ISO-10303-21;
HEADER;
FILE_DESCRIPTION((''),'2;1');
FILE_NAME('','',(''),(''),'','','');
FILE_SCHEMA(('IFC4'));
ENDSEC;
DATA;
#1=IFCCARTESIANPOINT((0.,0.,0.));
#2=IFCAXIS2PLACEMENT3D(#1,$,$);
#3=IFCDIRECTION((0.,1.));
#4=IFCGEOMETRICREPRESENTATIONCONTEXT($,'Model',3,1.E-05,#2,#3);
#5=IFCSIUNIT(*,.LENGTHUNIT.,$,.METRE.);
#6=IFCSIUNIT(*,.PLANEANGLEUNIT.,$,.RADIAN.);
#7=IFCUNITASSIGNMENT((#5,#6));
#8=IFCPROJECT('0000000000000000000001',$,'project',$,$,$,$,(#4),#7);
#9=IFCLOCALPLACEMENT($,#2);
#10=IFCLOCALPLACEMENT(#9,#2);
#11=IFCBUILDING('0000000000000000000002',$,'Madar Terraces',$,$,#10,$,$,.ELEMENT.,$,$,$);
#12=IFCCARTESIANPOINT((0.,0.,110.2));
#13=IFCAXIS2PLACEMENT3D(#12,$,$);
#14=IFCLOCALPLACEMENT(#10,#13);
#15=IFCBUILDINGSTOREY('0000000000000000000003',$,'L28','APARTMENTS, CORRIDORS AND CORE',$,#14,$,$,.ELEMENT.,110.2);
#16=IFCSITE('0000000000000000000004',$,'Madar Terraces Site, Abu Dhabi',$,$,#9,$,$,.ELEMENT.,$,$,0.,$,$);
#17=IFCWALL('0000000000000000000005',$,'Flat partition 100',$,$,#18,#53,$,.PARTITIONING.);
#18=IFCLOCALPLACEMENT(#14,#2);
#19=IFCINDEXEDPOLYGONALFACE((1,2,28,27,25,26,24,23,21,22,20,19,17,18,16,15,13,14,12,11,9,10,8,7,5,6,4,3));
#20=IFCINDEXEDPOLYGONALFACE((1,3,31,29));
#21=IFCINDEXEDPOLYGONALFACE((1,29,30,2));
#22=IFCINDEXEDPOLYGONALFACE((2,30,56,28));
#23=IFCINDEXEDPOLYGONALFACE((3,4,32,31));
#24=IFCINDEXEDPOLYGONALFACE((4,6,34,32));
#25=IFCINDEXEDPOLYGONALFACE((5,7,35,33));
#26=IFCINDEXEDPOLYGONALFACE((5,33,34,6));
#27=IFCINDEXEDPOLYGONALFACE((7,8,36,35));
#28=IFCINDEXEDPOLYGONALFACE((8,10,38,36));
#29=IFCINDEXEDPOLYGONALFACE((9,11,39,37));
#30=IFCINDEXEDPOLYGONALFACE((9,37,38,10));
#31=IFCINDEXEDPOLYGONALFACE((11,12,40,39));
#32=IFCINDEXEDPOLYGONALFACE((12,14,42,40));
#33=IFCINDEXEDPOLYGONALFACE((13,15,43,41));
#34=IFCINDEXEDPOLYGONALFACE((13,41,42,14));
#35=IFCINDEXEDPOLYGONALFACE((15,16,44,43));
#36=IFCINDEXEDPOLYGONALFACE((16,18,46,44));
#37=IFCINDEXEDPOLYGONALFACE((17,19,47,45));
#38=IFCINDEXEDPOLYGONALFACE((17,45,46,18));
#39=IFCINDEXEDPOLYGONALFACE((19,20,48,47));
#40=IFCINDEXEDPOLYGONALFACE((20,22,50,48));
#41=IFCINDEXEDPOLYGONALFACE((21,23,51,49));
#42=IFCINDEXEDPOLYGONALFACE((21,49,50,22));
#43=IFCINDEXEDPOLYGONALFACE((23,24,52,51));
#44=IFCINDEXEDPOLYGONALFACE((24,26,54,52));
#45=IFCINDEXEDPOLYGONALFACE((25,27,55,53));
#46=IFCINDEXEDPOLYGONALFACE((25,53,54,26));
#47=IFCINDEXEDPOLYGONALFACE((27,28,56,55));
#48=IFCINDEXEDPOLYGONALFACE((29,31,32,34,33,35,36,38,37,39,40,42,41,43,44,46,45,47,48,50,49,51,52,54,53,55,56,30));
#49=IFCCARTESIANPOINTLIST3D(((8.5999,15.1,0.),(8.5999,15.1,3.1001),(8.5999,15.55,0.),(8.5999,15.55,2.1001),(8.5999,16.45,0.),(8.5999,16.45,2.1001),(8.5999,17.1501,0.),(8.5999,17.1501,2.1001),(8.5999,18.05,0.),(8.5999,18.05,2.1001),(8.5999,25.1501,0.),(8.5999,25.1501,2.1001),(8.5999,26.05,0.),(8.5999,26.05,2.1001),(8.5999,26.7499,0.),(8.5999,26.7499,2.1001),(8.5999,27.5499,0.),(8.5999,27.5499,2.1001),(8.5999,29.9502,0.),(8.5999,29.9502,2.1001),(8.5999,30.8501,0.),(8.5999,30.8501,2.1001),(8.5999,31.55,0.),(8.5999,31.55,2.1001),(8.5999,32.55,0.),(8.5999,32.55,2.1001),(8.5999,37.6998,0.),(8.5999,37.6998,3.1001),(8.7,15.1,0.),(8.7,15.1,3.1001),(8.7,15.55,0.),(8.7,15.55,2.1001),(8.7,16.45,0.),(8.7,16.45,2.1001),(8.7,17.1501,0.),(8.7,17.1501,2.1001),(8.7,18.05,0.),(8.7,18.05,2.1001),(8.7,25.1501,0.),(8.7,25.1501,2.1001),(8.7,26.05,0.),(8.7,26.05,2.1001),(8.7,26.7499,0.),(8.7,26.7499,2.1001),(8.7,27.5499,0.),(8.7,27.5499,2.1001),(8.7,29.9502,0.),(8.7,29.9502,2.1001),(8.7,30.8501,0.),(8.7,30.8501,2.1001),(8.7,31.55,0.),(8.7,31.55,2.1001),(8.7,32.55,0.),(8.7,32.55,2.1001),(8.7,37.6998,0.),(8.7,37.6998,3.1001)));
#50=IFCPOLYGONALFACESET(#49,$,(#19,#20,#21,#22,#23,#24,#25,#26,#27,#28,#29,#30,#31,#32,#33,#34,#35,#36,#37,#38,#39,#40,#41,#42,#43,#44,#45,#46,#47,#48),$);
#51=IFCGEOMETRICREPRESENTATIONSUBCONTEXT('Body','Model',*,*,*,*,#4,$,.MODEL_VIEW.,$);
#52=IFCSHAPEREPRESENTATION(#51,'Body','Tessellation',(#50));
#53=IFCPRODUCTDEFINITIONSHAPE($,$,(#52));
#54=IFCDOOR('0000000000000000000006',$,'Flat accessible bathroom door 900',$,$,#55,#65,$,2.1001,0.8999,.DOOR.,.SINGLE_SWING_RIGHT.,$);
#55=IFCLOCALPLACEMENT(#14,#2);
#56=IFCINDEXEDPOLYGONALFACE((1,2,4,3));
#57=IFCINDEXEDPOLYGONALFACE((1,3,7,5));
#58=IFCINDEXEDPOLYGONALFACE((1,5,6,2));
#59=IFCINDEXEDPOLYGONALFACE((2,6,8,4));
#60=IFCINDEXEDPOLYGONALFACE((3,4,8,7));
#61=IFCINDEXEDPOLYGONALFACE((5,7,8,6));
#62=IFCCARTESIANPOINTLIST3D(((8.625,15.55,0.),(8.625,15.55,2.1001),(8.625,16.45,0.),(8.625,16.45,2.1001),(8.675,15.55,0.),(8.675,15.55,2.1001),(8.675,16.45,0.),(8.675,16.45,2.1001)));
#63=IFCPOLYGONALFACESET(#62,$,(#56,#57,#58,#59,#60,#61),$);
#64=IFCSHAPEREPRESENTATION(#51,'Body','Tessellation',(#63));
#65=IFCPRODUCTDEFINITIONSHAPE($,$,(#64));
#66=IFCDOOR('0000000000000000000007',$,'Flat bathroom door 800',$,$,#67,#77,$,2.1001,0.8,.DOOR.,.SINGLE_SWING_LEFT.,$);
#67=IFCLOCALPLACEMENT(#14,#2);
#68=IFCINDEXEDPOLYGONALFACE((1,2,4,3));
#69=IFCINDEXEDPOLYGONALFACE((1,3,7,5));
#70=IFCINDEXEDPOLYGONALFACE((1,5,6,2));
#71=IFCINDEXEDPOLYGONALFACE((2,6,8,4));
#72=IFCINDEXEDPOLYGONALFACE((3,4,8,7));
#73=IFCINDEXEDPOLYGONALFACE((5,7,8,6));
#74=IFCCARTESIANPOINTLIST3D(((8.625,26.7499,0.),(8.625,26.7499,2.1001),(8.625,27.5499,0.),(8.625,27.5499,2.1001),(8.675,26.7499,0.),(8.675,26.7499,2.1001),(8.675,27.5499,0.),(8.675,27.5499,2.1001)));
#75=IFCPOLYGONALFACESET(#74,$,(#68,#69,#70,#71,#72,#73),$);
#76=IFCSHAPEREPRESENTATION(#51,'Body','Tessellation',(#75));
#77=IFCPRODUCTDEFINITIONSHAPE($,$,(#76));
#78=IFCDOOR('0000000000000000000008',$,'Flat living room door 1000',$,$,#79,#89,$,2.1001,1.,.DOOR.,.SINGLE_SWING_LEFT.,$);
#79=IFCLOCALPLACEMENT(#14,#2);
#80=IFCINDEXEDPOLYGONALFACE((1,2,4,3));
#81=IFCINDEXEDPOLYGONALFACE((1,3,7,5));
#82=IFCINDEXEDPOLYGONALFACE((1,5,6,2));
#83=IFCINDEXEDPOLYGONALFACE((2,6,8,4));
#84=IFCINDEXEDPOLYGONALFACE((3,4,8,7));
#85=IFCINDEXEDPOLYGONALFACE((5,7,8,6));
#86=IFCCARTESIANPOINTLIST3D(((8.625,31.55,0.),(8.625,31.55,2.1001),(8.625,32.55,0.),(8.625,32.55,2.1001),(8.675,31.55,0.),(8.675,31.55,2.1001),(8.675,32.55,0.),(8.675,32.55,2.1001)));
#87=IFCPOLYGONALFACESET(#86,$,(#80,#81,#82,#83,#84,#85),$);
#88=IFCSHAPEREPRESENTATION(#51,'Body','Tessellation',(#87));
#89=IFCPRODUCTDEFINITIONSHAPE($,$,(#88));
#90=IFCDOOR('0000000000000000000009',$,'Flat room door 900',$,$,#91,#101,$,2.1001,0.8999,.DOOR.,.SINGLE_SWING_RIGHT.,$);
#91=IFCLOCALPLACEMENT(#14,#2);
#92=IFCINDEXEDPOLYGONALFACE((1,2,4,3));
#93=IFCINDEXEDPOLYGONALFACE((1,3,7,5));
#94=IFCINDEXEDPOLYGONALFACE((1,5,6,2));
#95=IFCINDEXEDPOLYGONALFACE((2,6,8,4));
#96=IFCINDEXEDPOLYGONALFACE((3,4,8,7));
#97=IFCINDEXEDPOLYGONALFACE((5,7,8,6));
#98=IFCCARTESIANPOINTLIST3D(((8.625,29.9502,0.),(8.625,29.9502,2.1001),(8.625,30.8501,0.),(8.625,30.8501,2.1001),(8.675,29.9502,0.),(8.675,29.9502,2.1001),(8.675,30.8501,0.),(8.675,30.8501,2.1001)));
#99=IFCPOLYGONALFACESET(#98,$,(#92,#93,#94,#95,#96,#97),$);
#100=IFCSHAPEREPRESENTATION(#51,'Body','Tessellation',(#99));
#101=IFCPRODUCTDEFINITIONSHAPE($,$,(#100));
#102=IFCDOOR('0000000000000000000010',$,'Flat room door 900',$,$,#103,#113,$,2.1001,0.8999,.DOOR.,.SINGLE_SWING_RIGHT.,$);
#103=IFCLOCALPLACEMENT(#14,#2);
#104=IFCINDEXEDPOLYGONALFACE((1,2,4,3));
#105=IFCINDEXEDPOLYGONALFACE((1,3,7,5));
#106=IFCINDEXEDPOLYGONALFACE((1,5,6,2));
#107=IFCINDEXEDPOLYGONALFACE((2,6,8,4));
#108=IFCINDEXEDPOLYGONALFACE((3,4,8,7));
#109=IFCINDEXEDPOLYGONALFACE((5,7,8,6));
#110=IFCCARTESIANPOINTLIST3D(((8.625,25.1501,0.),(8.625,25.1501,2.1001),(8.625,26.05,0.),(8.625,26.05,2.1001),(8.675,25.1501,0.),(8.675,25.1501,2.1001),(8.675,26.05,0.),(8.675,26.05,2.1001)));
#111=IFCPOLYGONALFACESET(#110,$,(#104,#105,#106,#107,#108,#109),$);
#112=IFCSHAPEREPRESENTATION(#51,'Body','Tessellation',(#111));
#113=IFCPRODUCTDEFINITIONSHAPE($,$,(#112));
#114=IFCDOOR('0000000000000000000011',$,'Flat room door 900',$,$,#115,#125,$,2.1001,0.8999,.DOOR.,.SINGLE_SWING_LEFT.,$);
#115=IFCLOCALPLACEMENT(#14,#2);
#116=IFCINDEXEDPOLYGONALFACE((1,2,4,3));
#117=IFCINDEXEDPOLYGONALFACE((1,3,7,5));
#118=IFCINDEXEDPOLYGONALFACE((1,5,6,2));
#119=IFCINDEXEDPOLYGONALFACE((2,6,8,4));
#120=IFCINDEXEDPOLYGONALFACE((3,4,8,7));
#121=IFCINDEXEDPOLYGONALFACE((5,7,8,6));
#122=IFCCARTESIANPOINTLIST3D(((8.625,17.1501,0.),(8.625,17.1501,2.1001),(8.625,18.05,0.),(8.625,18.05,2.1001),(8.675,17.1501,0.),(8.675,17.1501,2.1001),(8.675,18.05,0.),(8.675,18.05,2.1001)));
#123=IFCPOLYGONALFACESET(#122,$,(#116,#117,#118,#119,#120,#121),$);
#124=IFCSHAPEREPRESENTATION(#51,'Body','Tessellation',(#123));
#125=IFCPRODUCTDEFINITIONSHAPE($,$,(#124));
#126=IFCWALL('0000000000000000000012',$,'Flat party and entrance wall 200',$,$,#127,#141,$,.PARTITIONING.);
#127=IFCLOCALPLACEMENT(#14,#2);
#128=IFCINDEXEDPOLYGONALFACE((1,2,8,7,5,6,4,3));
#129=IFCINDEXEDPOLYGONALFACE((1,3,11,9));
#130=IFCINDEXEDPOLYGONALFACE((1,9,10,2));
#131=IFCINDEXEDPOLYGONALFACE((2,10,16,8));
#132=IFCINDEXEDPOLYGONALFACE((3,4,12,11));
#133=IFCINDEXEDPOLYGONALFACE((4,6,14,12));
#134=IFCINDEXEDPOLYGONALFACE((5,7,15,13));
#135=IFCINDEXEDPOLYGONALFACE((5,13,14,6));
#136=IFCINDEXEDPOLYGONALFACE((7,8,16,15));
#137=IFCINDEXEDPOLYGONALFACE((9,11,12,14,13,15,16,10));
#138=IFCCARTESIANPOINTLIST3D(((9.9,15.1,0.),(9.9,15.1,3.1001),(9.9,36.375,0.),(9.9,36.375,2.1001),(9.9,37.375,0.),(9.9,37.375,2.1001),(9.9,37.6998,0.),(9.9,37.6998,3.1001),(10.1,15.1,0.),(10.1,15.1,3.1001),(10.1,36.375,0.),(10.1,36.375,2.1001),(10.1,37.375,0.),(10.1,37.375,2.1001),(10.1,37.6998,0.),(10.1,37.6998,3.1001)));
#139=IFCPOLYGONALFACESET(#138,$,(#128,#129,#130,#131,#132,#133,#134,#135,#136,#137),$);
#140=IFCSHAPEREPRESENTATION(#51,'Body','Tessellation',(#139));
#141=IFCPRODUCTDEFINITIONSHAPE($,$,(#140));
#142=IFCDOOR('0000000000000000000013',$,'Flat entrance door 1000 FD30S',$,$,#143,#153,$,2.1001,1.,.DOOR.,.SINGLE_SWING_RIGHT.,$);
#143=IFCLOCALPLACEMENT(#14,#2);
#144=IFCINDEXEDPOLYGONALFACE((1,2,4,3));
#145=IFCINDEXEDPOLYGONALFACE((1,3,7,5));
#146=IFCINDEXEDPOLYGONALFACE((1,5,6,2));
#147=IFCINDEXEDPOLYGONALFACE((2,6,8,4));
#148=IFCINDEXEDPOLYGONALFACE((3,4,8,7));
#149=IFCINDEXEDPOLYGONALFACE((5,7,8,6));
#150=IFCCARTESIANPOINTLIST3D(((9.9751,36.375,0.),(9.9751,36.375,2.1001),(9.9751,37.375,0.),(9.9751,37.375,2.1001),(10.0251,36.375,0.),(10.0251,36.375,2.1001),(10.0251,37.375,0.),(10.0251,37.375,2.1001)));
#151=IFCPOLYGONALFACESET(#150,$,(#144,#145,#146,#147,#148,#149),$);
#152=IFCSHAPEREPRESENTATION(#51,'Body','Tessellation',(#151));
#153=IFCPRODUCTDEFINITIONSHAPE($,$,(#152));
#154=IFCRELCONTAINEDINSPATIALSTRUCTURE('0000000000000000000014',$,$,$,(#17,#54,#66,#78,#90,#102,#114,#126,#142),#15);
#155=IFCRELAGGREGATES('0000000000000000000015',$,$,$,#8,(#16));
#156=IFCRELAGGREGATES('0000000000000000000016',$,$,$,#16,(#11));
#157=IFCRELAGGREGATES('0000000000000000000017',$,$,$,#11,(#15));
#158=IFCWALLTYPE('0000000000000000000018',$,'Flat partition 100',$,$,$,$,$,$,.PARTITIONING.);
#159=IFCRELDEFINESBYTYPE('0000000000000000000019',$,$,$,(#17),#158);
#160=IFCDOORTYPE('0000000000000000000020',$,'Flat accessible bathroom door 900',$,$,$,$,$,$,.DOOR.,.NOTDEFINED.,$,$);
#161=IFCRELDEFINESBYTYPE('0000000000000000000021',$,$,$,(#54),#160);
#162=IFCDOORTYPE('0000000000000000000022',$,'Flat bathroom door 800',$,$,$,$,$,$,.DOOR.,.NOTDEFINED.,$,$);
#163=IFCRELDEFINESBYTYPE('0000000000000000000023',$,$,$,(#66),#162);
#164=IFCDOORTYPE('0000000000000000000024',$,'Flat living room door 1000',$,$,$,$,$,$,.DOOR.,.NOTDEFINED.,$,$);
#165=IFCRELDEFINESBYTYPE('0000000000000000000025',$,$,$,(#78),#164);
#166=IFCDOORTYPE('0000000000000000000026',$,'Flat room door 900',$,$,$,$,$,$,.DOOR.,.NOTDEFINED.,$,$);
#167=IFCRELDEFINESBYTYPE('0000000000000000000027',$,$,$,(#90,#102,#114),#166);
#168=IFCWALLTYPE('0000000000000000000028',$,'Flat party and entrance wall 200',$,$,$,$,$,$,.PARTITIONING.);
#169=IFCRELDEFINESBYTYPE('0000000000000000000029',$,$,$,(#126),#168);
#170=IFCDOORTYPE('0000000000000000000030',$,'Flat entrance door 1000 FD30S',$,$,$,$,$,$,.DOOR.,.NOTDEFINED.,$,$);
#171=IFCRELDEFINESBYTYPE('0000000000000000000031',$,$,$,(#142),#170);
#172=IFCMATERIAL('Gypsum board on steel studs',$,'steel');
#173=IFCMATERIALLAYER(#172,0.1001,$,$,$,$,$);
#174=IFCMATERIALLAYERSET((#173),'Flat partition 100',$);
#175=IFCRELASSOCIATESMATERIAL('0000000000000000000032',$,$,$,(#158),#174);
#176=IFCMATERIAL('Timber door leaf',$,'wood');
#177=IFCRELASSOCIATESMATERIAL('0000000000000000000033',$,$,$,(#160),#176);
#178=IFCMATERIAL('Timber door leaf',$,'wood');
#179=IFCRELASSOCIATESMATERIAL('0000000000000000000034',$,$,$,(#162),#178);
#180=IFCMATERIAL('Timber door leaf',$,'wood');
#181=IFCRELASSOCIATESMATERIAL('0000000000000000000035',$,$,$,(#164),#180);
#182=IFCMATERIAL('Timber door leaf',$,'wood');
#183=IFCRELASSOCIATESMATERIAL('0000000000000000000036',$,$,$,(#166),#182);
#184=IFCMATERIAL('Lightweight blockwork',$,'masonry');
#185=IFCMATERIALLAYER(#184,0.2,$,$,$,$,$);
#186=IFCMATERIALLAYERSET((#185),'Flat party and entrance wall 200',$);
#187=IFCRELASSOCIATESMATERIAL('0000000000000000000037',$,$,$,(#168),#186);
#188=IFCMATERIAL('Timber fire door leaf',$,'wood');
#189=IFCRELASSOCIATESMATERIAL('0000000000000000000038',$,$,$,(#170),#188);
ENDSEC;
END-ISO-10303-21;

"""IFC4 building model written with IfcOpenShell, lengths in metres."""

from ifc_helpers import new_model, si_unit, direction, frame, frame_2d, origin, place, context, subcontext, project, spatial, rectangle, extrude, material, layer, layer_set, type_object, element, fill, save


model = new_model("IFC4")

# Units and contexts
model_context = context("Model", 3, precision=1e-05, world=origin(), true_north=direction((0.0, 1.0)))
body_context = subcontext(model_context, "Body", "Model", "MODEL_VIEW")
ifc_project = project(units=[si_unit("LENGTHUNIT", "METRE"), si_unit("PLANEANGLEUNIT", "RADIAN")], contexts=[model_context])

# Site, building, storey
site_placement = place(None, origin())
site = spatial("IfcSite", under=ifc_project, at=site_placement, Name="Madar Terraces Site, Abu Dhabi", CompositionType="ELEMENT", RefElevation=0.0)
building_placement = place(site_placement, origin())
building = spatial("IfcBuilding", under=site, at=building_placement, Name="Madar Terraces", CompositionType="ELEMENT")
storey_placement = place(building_placement, frame((0.0, 0.0, 110.2)))
storey = spatial("IfcBuildingStorey", under=building, at=storey_placement, Name="L28", Description="APARTMENTS, CORRIDORS AND CORE", CompositionType="ELEMENT", Elevation=110.2)

# Shared definitions
ifc_material_1 = material(Name="Gypsum board on steel studs", Category="steel")
ifc_layer_1 = layer(ifc_material_1, 0.1001)
ifc_layer_set_1 = layer_set([ifc_layer_1], Name="Flat partition 100")
wall_type_1 = type_object("IfcWallType", Name="Flat partition 100", PredefinedType="PARTITIONING", material=ifc_layer_set_1)

# Wall, openings, doors
wall_1_placement = place(storey_placement, frame((8.6499, 15.1001, 0.0), z_axis=(0.0, 0.0, 1.0), x_axis=(0.0, 1.0, 0.0)))
wall_1 = element("IfcWall", 1, at=wall_1_placement, inside=storey, type_object=wall_type_1, Name="Flat partition 100", PredefinedType="PARTITIONING", context=body_context, shape_type="SweptSolid", body=[
    extrude(rectangle(XDim=22.5999, YDim=0.1001, at=frame_2d((11.2998, 0.0))), origin(), (0.0, 0.0, 1.0), 3.1001),
])
opening_1_placement = place(wall_1_placement, frame((16.45, 0.0, 0.0)))
opening_1 = element("IfcOpeningElement", 2, at=opening_1_placement, cuts=wall_1, PredefinedType="OPENING", context=body_context, shape_type="SweptSolid", body=[
    extrude(rectangle(XDim=1.0, YDim=2.1001, at=frame_2d((0.5, 1.05))), frame((0.0, 0.0601, 0.0), z_axis=(0.0, -1.0, 0.0), x_axis=(1.0, 0.0, 0.0)), (0.0, 0.0, 1.0), 0.1201),
])
opening_2_placement = place(wall_1_placement, frame((14.8501, 0.0, 0.0)))
opening_2 = element("IfcOpeningElement", 3, at=opening_2_placement, cuts=wall_1, PredefinedType="OPENING", context=body_context, shape_type="SweptSolid", body=[
    extrude(rectangle(XDim=0.8999, YDim=2.1001, at=frame_2d((0.45, 1.05))), frame((0.0, 0.0601, 0.0), z_axis=(0.0, -1.0, 0.0), x_axis=(1.0, 0.0, 0.0)), (0.0, 0.0, 1.0), 0.1201),
])
opening_3_placement = place(wall_1_placement, frame((11.6499, 0.0, 0.0)))
opening_3 = element("IfcOpeningElement", 4, at=opening_3_placement, cuts=wall_1, PredefinedType="OPENING", context=body_context, shape_type="SweptSolid", body=[
    extrude(rectangle(XDim=0.8, YDim=2.1001, at=frame_2d((0.3999, 1.05))), frame((0.0, 0.0601, 0.0), z_axis=(0.0, -1.0, 0.0), x_axis=(1.0, 0.0, 0.0)), (0.0, 0.0, 1.0), 0.1201),
])
opening_4_placement = place(wall_1_placement, frame((10.05, 0.0, 0.0)))
opening_4 = element("IfcOpeningElement", 5, at=opening_4_placement, cuts=wall_1, PredefinedType="OPENING", context=body_context, shape_type="SweptSolid", body=[
    extrude(rectangle(XDim=0.8999, YDim=2.1001, at=frame_2d((0.45, 1.05))), frame((0.0, 0.0601, 0.0), z_axis=(0.0, -1.0, 0.0), x_axis=(1.0, 0.0, 0.0)), (0.0, 0.0, 1.0), 0.1201),
])
opening_5_placement = place(wall_1_placement, frame((2.05, 0.0, 0.0)))
opening_5 = element("IfcOpeningElement", 6, at=opening_5_placement, cuts=wall_1, PredefinedType="OPENING", context=body_context, shape_type="SweptSolid", body=[
    extrude(rectangle(XDim=0.8999, YDim=2.1001, at=frame_2d((0.45, 1.05))), frame((0.0, 0.0601, 0.0), z_axis=(0.0, -1.0, 0.0), x_axis=(1.0, 0.0, 0.0)), (0.0, 0.0, 1.0), 0.1201),
])
opening_6_placement = place(wall_1_placement, frame((0.45, 0.0, 0.0)))
opening_6 = element("IfcOpeningElement", 7, at=opening_6_placement, cuts=wall_1, PredefinedType="OPENING", context=body_context, shape_type="SweptSolid", body=[
    extrude(rectangle(XDim=0.8999, YDim=2.1001, at=frame_2d((0.45, 1.05))), frame((0.0, 0.0601, 0.0), z_axis=(0.0, -1.0, 0.0), x_axis=(1.0, 0.0, 0.0)), (0.0, 0.0, 1.0), 0.1201),
])
ifc_material_2 = material(Name="Timber door leaf", Category="wood")
door_type_1 = type_object("IfcDoorType", Name="Flat accessible bathroom door 900", OperationType="NOTDEFINED", PredefinedType="DOOR", material=ifc_material_2)
door_1_placement = place(opening_6_placement, origin())
door_1 = element("IfcDoor", 8, at=door_1_placement, inside=storey, type_object=door_type_1, Name="Flat accessible bathroom door 900", OperationType="SINGLE_SWING_RIGHT", OverallHeight=2.1001, OverallWidth=0.8999, PredefinedType="DOOR", context=body_context, shape_type="SweptSolid", body=[
    extrude(rectangle(XDim=0.8999, YDim=2.1001, at=frame_2d((0.45, 1.05))), frame((0.0, 0.0249, 0.0), z_axis=(0.0, -1.0, 0.0), x_axis=(1.0, 0.0, 0.0)), (0.0, 0.0, 1.0), 0.05),
])
fill(opening_6, door_1)
ifc_material_3 = material(Name="Timber door leaf", Category="wood")
door_type_2 = type_object("IfcDoorType", Name="Flat bathroom door 800", OperationType="NOTDEFINED", PredefinedType="DOOR", material=ifc_material_3)
door_2_placement = place(opening_3_placement, origin())
door_2 = element("IfcDoor", 9, at=door_2_placement, inside=storey, type_object=door_type_2, Name="Flat bathroom door 800", OperationType="SINGLE_SWING_LEFT", OverallHeight=2.1001, OverallWidth=0.8, PredefinedType="DOOR", context=body_context, shape_type="SweptSolid", body=[
    extrude(rectangle(XDim=0.8, YDim=2.1001, at=frame_2d((0.3999, 1.05))), frame((0.0, 0.0249, 0.0), z_axis=(0.0, -1.0, 0.0), x_axis=(1.0, 0.0, 0.0)), (0.0, 0.0, 1.0), 0.05),
])
fill(opening_3, door_2)
ifc_material_4 = material(Name="Timber door leaf", Category="wood")
door_type_3 = type_object("IfcDoorType", Name="Flat living room door 1000", OperationType="NOTDEFINED", PredefinedType="DOOR", material=ifc_material_4)
door_3_placement = place(opening_1_placement, origin())
door_3 = element("IfcDoor", 10, at=door_3_placement, inside=storey, type_object=door_type_3, Name="Flat living room door 1000", OperationType="SINGLE_SWING_LEFT", OverallHeight=2.1001, OverallWidth=1.0, PredefinedType="DOOR", context=body_context, shape_type="SweptSolid", body=[
    extrude(rectangle(XDim=1.0, YDim=2.1001, at=frame_2d((0.5, 1.05))), frame((0.0, 0.0249, 0.0), z_axis=(0.0, -1.0, 0.0), x_axis=(1.0, 0.0, 0.0)), (0.0, 0.0, 1.0), 0.05),
])
fill(opening_1, door_3)
ifc_material_5 = material(Name="Timber door leaf", Category="wood")
door_type_4 = type_object("IfcDoorType", Name="Flat room door 900", OperationType="NOTDEFINED", PredefinedType="DOOR", material=ifc_material_5)
door_4_placement = place(opening_2_placement, origin())
door_4 = element("IfcDoor", 11, at=door_4_placement, inside=storey, type_object=door_type_4, Name="Flat room door 900", OperationType="SINGLE_SWING_RIGHT", OverallHeight=2.1001, OverallWidth=0.8999, PredefinedType="DOOR", context=body_context, shape_type="SweptSolid", body=[
    extrude(rectangle(XDim=0.8999, YDim=2.1001, at=frame_2d((0.45, 1.05))), frame((0.0, 0.0249, 0.0), z_axis=(0.0, -1.0, 0.0), x_axis=(1.0, 0.0, 0.0)), (0.0, 0.0, 1.0), 0.05),
])
fill(opening_2, door_4)
door_5_placement = place(opening_4_placement, origin())
door_5 = element("IfcDoor", 12, at=door_5_placement, inside=storey, type_object=door_type_4, Name="Flat room door 900", OperationType="SINGLE_SWING_RIGHT", OverallHeight=2.1001, OverallWidth=0.8999, PredefinedType="DOOR", context=body_context, shape_type="SweptSolid", body=[
    extrude(rectangle(XDim=0.8999, YDim=2.1001, at=frame_2d((0.45, 1.05))), frame((0.0, 0.0249, 0.0), z_axis=(0.0, -1.0, 0.0), x_axis=(1.0, 0.0, 0.0)), (0.0, 0.0, 1.0), 0.05),
])
fill(opening_4, door_5)
door_6_placement = place(opening_5_placement, origin())
door_6 = element("IfcDoor", 13, at=door_6_placement, inside=storey, type_object=door_type_4, Name="Flat room door 900", OperationType="SINGLE_SWING_LEFT", OverallHeight=2.1001, OverallWidth=0.8999, PredefinedType="DOOR", context=body_context, shape_type="SweptSolid", body=[
    extrude(rectangle(XDim=0.8999, YDim=2.1001, at=frame_2d((0.45, 1.05))), frame((0.0, 0.0249, 0.0), z_axis=(0.0, -1.0, 0.0), x_axis=(1.0, 0.0, 0.0)), (0.0, 0.0, 1.0), 0.05),
])
fill(opening_5, door_6)

# Wall, opening, door
ifc_material_6 = material(Name="Lightweight blockwork", Category="masonry")
ifc_layer_2 = layer(ifc_material_6, 0.2)
ifc_layer_set_2 = layer_set([ifc_layer_2], Name="Flat party and entrance wall 200")
wall_type_2 = type_object("IfcWallType", Name="Flat party and entrance wall 200", PredefinedType="PARTITIONING", material=ifc_layer_set_2)
wall_2_placement = place(storey_placement, frame((10.0, 15.1001, 0.0), z_axis=(0.0, 0.0, 1.0), x_axis=(0.0, 1.0, 0.0)))
wall_2 = element("IfcWall", 14, at=wall_2_placement, inside=storey, type_object=wall_type_2, Name="Flat party and entrance wall 200", PredefinedType="PARTITIONING", context=body_context, shape_type="SweptSolid", body=[
    extrude(rectangle(XDim=22.5999, YDim=0.2, at=frame_2d((11.2998, 0.0))), origin(), (0.0, 0.0, 1.0), 3.1001),
])
opening_7_placement = place(wall_2_placement, frame((21.2749, 0.0, 0.0)))
opening_7 = element("IfcOpeningElement", 15, at=opening_7_placement, cuts=wall_2, PredefinedType="OPENING", context=body_context, shape_type="SweptSolid", body=[
    extrude(rectangle(XDim=1.0, YDim=2.1001, at=frame_2d((0.5, 1.05))), frame((0.0, 0.1099, 0.0), z_axis=(0.0, -1.0, 0.0), x_axis=(1.0, 0.0, 0.0)), (0.0, 0.0, 1.0), 0.22),
])
ifc_material_7 = material(Name="Timber fire door leaf", Category="wood")
door_type_5 = type_object("IfcDoorType", Name="Flat entrance door 1000 FD30S", OperationType="NOTDEFINED", PredefinedType="DOOR", material=ifc_material_7)
door_7_placement = place(opening_7_placement, origin())
door_7 = element("IfcDoor", 16, at=door_7_placement, inside=storey, type_object=door_type_5, Name="Flat entrance door 1000 FD30S", OperationType="SINGLE_SWING_RIGHT", OverallHeight=2.1001, OverallWidth=1.0, PredefinedType="DOOR", context=body_context, shape_type="SweptSolid", body=[
    extrude(rectangle(XDim=1.0, YDim=2.1001, at=frame_2d((0.5, 1.05))), frame((0.0, 0.0249, 0.0), z_axis=(0.0, -1.0, 0.0), x_axis=(1.0, 0.0, 0.0)), (0.0, 0.0, 1.0), 0.05),
])
fill(opening_7, door_7)

save(model, "model.ifc")
